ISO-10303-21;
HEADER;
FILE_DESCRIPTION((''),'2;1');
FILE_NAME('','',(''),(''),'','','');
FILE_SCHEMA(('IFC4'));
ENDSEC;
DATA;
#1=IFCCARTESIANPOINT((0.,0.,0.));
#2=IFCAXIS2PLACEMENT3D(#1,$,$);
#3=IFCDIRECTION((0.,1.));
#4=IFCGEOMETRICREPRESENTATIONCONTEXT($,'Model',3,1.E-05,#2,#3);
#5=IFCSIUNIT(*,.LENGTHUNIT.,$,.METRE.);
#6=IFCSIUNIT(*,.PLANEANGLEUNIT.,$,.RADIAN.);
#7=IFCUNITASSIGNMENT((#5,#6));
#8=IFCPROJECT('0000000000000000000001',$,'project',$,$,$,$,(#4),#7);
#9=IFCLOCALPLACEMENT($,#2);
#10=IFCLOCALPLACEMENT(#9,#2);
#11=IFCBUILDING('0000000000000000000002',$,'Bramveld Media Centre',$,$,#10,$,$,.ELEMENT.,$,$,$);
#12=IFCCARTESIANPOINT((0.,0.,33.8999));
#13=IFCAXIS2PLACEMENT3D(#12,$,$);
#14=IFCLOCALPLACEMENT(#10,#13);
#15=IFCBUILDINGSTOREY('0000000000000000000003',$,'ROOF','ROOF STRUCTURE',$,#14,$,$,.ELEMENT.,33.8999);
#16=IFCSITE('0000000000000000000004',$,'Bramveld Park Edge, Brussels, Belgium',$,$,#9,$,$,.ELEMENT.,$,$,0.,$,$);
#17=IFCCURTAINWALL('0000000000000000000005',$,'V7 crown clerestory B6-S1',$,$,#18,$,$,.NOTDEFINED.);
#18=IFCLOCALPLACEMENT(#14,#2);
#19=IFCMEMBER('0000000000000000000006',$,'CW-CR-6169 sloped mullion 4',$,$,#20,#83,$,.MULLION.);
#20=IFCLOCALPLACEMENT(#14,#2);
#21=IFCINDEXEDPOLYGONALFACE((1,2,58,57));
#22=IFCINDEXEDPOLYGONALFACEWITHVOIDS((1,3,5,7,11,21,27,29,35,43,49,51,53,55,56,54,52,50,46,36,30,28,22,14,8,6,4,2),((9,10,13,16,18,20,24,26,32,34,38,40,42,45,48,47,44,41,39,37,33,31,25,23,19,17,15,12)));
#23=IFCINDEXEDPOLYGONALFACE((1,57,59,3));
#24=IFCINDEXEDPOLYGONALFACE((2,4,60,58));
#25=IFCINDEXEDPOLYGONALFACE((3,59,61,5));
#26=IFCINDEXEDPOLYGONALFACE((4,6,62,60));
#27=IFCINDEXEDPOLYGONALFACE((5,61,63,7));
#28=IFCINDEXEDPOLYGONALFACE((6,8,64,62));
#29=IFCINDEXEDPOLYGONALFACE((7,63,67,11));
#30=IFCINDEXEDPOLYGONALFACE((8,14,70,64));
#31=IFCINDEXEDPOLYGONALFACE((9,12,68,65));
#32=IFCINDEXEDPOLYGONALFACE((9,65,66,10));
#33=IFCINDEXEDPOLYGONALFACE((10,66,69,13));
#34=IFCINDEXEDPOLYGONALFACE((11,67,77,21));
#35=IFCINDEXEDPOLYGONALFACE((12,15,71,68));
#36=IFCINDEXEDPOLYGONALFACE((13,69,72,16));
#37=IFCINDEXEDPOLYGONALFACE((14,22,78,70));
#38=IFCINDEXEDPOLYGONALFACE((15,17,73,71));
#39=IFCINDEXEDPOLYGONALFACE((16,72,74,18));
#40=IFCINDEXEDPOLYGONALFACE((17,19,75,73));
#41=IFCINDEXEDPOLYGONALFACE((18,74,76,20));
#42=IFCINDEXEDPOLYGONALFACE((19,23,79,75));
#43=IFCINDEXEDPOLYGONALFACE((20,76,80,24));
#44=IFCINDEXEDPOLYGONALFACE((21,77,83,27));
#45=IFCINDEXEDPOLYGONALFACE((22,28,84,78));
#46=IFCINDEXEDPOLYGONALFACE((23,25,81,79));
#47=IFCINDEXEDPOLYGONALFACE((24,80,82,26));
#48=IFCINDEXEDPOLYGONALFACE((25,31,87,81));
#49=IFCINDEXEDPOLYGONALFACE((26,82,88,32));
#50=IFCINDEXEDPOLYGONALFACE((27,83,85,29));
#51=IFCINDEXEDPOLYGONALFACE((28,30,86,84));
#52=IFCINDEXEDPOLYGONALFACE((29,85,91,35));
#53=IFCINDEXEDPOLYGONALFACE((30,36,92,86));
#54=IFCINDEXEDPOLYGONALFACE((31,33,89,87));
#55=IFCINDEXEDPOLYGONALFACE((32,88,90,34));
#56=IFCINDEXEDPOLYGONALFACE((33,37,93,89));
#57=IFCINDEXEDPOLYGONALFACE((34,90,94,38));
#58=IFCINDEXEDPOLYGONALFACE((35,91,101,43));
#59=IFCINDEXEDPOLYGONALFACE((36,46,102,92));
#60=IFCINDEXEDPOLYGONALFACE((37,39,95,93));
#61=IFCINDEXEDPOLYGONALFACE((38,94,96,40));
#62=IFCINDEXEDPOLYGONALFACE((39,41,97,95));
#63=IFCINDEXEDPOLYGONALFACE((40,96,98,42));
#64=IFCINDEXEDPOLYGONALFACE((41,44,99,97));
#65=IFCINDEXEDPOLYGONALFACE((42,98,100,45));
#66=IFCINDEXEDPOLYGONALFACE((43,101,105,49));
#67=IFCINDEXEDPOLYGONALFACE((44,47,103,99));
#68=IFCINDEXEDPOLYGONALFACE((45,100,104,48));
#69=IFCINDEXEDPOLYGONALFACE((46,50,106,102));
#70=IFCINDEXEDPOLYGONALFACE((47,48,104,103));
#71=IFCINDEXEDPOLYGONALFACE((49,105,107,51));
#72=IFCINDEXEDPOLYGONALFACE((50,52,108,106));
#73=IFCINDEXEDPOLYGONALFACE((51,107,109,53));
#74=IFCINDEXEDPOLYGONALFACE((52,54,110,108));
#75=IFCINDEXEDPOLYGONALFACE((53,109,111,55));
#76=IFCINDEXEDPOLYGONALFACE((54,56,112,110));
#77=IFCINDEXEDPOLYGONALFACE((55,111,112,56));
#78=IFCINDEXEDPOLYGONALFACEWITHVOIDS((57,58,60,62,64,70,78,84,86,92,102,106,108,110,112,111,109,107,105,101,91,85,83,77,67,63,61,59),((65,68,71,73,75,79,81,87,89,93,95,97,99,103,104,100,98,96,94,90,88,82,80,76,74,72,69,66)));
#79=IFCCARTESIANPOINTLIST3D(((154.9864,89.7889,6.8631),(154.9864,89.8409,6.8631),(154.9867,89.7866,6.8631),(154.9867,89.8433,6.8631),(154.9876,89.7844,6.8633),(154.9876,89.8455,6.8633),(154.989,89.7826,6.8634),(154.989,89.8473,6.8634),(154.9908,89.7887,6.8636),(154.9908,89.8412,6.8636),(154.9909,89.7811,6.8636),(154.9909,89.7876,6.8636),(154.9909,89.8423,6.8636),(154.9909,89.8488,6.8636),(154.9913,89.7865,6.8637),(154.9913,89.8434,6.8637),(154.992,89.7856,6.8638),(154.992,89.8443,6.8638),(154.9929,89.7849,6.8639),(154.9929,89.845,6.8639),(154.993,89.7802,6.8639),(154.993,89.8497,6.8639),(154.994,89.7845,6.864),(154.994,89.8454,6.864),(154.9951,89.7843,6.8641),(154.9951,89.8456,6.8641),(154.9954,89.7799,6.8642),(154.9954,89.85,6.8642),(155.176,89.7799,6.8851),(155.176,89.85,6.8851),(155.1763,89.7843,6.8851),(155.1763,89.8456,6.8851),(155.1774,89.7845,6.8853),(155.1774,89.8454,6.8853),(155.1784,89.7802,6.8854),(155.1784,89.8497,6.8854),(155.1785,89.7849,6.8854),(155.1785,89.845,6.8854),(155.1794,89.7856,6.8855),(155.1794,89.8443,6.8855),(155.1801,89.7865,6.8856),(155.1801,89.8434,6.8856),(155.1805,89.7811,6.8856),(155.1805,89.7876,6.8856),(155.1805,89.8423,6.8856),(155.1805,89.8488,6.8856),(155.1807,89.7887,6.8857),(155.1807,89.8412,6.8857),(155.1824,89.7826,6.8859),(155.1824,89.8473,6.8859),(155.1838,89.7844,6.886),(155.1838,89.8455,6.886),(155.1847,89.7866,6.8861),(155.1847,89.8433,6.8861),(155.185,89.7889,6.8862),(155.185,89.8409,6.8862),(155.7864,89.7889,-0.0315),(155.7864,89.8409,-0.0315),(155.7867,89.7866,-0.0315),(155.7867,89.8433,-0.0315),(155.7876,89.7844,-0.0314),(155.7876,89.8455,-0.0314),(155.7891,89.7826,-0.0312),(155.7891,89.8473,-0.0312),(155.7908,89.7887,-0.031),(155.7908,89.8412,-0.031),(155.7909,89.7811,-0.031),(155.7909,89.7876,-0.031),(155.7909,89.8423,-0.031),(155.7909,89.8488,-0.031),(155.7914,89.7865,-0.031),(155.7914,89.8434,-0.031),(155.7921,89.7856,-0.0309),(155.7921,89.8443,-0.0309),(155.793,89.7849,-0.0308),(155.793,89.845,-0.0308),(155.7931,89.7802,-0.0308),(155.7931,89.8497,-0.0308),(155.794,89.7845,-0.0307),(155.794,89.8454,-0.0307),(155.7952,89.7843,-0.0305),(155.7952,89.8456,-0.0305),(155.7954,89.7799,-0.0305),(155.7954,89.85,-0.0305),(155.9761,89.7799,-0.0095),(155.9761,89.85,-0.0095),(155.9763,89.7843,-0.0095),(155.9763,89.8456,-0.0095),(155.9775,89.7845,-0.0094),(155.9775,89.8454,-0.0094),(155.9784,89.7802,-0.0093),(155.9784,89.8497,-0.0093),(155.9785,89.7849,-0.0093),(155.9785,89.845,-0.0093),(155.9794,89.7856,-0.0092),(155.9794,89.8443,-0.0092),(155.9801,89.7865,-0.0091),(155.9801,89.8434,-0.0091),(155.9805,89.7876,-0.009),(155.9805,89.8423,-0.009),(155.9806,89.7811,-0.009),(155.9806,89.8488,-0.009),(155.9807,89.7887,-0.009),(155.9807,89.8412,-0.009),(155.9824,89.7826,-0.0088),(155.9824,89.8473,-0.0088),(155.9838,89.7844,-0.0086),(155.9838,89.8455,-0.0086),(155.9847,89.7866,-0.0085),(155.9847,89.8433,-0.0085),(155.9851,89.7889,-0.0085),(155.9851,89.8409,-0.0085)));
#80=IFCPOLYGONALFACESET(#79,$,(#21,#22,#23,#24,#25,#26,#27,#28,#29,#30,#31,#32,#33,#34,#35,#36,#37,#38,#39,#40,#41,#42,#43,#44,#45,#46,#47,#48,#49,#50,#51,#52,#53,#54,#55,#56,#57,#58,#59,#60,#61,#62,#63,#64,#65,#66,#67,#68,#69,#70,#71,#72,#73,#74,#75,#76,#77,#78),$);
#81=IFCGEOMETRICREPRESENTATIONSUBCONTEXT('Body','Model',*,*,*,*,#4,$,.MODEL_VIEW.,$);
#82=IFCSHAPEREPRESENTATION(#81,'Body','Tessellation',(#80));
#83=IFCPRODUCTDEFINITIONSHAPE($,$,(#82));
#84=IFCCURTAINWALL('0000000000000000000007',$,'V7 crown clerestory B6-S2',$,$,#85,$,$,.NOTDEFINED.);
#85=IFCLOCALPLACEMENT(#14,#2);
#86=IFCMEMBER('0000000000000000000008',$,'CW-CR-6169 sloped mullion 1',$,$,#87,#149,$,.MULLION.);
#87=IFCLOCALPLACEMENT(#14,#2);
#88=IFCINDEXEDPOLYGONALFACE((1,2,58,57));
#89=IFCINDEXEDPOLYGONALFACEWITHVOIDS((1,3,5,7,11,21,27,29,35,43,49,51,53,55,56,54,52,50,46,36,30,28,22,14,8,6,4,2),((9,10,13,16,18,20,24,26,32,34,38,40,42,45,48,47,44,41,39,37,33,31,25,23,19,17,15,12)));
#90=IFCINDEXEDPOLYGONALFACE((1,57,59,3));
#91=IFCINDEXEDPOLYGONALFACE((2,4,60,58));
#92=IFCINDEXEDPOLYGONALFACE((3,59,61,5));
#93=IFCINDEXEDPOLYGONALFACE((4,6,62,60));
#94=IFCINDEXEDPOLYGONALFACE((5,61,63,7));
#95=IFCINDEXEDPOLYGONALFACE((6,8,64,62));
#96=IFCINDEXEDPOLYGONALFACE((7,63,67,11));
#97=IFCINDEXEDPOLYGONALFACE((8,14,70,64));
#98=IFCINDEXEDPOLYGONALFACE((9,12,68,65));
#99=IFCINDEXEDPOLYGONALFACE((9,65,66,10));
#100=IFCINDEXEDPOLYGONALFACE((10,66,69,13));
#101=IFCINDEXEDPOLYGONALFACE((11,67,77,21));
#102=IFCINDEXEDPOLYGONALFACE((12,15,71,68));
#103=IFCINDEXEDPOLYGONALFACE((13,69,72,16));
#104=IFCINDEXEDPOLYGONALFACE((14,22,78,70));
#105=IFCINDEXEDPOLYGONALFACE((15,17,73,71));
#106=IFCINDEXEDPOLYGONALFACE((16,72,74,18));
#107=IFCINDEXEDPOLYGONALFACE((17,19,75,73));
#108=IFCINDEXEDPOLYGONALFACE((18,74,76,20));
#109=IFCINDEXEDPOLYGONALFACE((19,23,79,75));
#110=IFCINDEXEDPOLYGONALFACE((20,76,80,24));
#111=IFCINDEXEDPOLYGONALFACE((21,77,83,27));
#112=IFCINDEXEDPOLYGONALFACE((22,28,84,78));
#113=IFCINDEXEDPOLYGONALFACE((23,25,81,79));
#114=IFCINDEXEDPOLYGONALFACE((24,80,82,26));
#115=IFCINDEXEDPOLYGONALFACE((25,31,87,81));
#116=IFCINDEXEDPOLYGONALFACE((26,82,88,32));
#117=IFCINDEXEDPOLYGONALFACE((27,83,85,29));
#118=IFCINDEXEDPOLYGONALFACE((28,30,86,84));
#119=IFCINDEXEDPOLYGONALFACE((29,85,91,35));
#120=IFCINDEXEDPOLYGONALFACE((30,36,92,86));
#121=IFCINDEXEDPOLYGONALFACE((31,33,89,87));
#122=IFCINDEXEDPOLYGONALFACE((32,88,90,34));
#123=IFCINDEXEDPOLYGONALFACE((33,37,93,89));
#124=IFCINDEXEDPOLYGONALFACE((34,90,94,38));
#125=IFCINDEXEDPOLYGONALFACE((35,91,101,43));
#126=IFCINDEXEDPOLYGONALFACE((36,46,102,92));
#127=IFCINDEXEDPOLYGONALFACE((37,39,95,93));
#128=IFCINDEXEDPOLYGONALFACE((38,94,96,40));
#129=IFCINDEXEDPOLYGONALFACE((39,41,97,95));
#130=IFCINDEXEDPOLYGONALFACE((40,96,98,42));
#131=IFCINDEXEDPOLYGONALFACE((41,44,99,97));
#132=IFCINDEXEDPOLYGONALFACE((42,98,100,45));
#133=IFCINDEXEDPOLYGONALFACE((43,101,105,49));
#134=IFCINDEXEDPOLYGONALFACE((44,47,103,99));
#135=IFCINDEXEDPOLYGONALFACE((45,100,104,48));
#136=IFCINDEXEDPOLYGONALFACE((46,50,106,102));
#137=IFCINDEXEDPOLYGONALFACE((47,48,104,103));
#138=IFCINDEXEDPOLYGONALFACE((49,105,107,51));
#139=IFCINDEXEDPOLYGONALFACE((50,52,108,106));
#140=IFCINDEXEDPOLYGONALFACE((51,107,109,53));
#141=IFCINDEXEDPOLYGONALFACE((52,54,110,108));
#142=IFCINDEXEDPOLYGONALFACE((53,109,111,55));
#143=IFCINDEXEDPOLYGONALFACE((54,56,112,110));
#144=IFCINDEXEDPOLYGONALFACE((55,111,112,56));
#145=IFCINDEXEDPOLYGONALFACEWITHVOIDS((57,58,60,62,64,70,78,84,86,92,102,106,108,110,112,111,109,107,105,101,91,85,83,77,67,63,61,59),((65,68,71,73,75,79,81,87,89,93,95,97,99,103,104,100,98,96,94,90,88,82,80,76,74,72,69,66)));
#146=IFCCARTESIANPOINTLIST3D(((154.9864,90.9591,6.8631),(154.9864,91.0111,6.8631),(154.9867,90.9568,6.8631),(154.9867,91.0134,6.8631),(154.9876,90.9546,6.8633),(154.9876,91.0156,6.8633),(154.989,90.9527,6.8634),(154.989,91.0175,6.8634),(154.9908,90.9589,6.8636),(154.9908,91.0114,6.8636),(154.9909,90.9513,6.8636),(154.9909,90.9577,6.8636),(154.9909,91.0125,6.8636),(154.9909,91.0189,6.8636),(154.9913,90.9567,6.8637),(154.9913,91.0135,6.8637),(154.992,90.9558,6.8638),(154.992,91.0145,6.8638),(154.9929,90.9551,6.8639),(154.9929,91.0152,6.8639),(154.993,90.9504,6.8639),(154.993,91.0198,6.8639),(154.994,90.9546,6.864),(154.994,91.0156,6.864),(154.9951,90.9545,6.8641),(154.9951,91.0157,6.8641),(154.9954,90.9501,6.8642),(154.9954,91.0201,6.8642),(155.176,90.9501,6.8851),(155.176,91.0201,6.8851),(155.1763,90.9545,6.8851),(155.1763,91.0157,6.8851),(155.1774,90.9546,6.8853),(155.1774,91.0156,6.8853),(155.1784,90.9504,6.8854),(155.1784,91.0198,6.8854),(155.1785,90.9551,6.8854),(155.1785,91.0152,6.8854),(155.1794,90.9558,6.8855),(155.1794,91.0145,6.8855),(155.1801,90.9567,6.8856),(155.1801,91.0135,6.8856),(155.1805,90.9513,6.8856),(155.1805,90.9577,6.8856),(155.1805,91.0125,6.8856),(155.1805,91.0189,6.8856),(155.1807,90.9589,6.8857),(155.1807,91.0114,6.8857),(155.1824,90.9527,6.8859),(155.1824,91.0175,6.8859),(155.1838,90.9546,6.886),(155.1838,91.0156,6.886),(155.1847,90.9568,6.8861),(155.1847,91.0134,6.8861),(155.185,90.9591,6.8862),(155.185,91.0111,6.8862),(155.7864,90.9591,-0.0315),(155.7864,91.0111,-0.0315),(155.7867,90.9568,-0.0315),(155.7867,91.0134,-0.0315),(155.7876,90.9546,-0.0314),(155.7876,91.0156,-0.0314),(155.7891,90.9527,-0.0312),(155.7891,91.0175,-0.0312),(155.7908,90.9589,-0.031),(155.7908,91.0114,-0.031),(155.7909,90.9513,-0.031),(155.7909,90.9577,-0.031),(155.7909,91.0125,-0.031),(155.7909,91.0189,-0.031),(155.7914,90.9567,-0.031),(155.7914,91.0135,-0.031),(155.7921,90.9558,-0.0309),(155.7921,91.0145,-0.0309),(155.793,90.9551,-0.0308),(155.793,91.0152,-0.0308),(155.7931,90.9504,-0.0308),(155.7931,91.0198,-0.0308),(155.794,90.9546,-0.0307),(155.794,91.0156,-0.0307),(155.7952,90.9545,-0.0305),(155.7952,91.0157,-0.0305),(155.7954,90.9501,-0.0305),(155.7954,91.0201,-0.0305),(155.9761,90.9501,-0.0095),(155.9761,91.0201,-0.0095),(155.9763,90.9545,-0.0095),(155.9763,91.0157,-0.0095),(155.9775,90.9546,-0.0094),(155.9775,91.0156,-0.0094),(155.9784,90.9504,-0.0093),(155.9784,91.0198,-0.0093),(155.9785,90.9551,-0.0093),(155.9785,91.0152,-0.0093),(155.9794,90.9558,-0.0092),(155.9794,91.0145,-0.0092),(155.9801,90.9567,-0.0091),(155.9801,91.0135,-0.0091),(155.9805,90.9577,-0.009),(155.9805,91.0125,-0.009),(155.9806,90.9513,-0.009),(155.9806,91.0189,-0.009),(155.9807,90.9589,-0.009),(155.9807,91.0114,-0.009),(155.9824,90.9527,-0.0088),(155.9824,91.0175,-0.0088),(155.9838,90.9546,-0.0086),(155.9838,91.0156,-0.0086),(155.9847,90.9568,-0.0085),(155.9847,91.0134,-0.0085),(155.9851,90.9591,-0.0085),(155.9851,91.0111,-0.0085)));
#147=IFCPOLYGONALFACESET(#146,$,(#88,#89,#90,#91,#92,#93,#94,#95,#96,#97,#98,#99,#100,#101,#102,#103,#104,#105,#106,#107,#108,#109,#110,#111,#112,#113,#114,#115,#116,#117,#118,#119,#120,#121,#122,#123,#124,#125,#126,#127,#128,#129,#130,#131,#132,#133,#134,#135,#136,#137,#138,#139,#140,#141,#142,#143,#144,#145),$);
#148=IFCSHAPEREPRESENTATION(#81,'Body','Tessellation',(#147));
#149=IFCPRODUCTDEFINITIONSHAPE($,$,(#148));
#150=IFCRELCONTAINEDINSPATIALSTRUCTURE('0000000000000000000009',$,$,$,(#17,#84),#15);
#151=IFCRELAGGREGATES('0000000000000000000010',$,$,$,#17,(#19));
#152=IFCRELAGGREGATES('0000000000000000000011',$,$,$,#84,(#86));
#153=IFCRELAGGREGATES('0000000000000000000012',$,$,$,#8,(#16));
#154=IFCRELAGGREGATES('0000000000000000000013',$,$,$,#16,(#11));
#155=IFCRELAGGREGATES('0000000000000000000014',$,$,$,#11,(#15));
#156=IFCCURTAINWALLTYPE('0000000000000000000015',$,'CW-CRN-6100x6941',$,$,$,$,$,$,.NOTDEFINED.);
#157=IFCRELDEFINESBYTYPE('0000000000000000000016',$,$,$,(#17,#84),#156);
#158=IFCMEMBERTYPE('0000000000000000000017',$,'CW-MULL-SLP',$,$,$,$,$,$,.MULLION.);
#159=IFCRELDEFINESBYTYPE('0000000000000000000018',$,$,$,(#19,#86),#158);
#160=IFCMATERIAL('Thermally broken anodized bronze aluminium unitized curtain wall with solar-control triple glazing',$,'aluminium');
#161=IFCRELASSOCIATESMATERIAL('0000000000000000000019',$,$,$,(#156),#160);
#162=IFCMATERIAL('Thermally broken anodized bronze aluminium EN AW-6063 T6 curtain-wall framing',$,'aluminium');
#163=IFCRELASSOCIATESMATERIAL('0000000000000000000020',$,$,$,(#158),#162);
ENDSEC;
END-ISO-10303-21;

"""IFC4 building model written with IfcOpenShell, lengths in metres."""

from ifc_helpers import new_model, si_unit, direction, frame, origin, origin_2d, place, context, subcontext, project, spatial, hollow_rectangle, extrude, material, material_profile, profile_set, type_object, element, aggregate, save


model = new_model("IFC4")

# Units and contexts
model_context = context("Model", 3, precision=1e-05, world=origin(), true_north=direction((0.0, 1.0)))
body_context = subcontext(model_context, "Body", "Model", "MODEL_VIEW")
ifc_project = project(units=[si_unit("LENGTHUNIT", "METRE"), si_unit("PLANEANGLEUNIT", "RADIAN")], contexts=[model_context])

# Site, building, storey
site_placement = place(None, origin())
site = spatial("IfcSite", under=ifc_project, at=site_placement, Name="Bramveld Park Edge, Brussels, Belgium", CompositionType="ELEMENT", RefElevation=0.0)
building_placement = place(site_placement, origin())
building = spatial("IfcBuilding", under=site, at=building_placement, Name="Bramveld Media Centre", CompositionType="ELEMENT")
storey_placement = place(building_placement, frame((0.0, 0.0, 33.8999)))
storey = spatial("IfcBuildingStorey", under=building, at=storey_placement, Name="ROOF", Description="ROOF STRUCTURE", CompositionType="ELEMENT", Elevation=33.8999)

# Curtain walls, members
ifc_material_1 = material(Name="Thermally broken anodized bronze aluminium unitized curtain wall with solar-control triple glazing", Category="aluminium")
curtain_wall_type = type_object("IfcCurtainWallType", Name="CW-CRN-6100x6941", PredefinedType="NOTDEFINED", material=ifc_material_1)
curtain_wall_1_placement = place(storey_placement, origin())
curtain_wall_1 = element("IfcCurtainWall", 1, at=curtain_wall_1_placement, inside=storey, type_object=curtain_wall_type, Name="V7 crown clerestory B6-S1", PredefinedType="NOTDEFINED")
ifc_material_2 = material(Name="Thermally broken anodized bronze aluminium EN AW-6063 T6 curtain-wall framing", Category="aluminium")
ifc_material_profile_1 = material_profile(ifc_material_2, hollow_rectangle(XDim=0.0701, YDim=0.2, WallThickness=0.0044, InnerFilletRadius=0.0044, OuterFilletRadius=0.009, at=origin_2d()), Name="AL-MULL 70x200")
ifc_profile_set_1 = profile_set([ifc_material_profile_1], Name="Thermally broken anodized bronze aluminium EN AW-6063 T6 curtain-wall framing")
member_type_1 = type_object("IfcMemberType", Name="CW-MULL-SLP", PredefinedType="MULLION", material=ifc_profile_set_1)
member_1_placement = place(storey_placement, frame((155.8857, 89.8149, -0.02), z_axis=(-0.115264, 0.0, 0.993335), x_axis=(0.0, -1.0, 0.0)))
member_1 = element("IfcMember", 2, at=member_1_placement, type_object=member_type_1, Name="CW-CR-6169 sloped mullion 4", PredefinedType="MULLION", context=body_context, shape_type="SweptSolid", body=[
    extrude(hollow_rectangle(XDim=0.0701, YDim=0.2, WallThickness=0.0044, InnerFilletRadius=0.0044, OuterFilletRadius=0.009, at=origin_2d()), origin(), (0.0, 0.0, 1.0), 6.9409),
])
aggregate(curtain_wall_1, [member_1])
curtain_wall_2_placement = place(storey_placement, origin())
curtain_wall_2 = element("IfcCurtainWall", 3, at=curtain_wall_2_placement, inside=storey, type_object=curtain_wall_type, Name="V7 crown clerestory B6-S2", PredefinedType="NOTDEFINED")
member_2_placement = place(storey_placement, frame((155.8857, 90.9851, -0.02), z_axis=(-0.115264, 0.0, 0.993335), x_axis=(0.0, -1.0, 0.0)))
member_2 = element("IfcMember", 4, at=member_2_placement, type_object=member_type_1, Name="CW-CR-6169 sloped mullion 1", PredefinedType="MULLION", context=body_context, shape_type="SweptSolid", body=[
    extrude(hollow_rectangle(XDim=0.0701, YDim=0.2, WallThickness=0.0044, InnerFilletRadius=0.0044, OuterFilletRadius=0.009, at=origin_2d()), origin(), (0.0, 0.0, 1.0), 6.9409),
])

aggregate(curtain_wall_2, [member_2])

save(model, "model.ifc")
